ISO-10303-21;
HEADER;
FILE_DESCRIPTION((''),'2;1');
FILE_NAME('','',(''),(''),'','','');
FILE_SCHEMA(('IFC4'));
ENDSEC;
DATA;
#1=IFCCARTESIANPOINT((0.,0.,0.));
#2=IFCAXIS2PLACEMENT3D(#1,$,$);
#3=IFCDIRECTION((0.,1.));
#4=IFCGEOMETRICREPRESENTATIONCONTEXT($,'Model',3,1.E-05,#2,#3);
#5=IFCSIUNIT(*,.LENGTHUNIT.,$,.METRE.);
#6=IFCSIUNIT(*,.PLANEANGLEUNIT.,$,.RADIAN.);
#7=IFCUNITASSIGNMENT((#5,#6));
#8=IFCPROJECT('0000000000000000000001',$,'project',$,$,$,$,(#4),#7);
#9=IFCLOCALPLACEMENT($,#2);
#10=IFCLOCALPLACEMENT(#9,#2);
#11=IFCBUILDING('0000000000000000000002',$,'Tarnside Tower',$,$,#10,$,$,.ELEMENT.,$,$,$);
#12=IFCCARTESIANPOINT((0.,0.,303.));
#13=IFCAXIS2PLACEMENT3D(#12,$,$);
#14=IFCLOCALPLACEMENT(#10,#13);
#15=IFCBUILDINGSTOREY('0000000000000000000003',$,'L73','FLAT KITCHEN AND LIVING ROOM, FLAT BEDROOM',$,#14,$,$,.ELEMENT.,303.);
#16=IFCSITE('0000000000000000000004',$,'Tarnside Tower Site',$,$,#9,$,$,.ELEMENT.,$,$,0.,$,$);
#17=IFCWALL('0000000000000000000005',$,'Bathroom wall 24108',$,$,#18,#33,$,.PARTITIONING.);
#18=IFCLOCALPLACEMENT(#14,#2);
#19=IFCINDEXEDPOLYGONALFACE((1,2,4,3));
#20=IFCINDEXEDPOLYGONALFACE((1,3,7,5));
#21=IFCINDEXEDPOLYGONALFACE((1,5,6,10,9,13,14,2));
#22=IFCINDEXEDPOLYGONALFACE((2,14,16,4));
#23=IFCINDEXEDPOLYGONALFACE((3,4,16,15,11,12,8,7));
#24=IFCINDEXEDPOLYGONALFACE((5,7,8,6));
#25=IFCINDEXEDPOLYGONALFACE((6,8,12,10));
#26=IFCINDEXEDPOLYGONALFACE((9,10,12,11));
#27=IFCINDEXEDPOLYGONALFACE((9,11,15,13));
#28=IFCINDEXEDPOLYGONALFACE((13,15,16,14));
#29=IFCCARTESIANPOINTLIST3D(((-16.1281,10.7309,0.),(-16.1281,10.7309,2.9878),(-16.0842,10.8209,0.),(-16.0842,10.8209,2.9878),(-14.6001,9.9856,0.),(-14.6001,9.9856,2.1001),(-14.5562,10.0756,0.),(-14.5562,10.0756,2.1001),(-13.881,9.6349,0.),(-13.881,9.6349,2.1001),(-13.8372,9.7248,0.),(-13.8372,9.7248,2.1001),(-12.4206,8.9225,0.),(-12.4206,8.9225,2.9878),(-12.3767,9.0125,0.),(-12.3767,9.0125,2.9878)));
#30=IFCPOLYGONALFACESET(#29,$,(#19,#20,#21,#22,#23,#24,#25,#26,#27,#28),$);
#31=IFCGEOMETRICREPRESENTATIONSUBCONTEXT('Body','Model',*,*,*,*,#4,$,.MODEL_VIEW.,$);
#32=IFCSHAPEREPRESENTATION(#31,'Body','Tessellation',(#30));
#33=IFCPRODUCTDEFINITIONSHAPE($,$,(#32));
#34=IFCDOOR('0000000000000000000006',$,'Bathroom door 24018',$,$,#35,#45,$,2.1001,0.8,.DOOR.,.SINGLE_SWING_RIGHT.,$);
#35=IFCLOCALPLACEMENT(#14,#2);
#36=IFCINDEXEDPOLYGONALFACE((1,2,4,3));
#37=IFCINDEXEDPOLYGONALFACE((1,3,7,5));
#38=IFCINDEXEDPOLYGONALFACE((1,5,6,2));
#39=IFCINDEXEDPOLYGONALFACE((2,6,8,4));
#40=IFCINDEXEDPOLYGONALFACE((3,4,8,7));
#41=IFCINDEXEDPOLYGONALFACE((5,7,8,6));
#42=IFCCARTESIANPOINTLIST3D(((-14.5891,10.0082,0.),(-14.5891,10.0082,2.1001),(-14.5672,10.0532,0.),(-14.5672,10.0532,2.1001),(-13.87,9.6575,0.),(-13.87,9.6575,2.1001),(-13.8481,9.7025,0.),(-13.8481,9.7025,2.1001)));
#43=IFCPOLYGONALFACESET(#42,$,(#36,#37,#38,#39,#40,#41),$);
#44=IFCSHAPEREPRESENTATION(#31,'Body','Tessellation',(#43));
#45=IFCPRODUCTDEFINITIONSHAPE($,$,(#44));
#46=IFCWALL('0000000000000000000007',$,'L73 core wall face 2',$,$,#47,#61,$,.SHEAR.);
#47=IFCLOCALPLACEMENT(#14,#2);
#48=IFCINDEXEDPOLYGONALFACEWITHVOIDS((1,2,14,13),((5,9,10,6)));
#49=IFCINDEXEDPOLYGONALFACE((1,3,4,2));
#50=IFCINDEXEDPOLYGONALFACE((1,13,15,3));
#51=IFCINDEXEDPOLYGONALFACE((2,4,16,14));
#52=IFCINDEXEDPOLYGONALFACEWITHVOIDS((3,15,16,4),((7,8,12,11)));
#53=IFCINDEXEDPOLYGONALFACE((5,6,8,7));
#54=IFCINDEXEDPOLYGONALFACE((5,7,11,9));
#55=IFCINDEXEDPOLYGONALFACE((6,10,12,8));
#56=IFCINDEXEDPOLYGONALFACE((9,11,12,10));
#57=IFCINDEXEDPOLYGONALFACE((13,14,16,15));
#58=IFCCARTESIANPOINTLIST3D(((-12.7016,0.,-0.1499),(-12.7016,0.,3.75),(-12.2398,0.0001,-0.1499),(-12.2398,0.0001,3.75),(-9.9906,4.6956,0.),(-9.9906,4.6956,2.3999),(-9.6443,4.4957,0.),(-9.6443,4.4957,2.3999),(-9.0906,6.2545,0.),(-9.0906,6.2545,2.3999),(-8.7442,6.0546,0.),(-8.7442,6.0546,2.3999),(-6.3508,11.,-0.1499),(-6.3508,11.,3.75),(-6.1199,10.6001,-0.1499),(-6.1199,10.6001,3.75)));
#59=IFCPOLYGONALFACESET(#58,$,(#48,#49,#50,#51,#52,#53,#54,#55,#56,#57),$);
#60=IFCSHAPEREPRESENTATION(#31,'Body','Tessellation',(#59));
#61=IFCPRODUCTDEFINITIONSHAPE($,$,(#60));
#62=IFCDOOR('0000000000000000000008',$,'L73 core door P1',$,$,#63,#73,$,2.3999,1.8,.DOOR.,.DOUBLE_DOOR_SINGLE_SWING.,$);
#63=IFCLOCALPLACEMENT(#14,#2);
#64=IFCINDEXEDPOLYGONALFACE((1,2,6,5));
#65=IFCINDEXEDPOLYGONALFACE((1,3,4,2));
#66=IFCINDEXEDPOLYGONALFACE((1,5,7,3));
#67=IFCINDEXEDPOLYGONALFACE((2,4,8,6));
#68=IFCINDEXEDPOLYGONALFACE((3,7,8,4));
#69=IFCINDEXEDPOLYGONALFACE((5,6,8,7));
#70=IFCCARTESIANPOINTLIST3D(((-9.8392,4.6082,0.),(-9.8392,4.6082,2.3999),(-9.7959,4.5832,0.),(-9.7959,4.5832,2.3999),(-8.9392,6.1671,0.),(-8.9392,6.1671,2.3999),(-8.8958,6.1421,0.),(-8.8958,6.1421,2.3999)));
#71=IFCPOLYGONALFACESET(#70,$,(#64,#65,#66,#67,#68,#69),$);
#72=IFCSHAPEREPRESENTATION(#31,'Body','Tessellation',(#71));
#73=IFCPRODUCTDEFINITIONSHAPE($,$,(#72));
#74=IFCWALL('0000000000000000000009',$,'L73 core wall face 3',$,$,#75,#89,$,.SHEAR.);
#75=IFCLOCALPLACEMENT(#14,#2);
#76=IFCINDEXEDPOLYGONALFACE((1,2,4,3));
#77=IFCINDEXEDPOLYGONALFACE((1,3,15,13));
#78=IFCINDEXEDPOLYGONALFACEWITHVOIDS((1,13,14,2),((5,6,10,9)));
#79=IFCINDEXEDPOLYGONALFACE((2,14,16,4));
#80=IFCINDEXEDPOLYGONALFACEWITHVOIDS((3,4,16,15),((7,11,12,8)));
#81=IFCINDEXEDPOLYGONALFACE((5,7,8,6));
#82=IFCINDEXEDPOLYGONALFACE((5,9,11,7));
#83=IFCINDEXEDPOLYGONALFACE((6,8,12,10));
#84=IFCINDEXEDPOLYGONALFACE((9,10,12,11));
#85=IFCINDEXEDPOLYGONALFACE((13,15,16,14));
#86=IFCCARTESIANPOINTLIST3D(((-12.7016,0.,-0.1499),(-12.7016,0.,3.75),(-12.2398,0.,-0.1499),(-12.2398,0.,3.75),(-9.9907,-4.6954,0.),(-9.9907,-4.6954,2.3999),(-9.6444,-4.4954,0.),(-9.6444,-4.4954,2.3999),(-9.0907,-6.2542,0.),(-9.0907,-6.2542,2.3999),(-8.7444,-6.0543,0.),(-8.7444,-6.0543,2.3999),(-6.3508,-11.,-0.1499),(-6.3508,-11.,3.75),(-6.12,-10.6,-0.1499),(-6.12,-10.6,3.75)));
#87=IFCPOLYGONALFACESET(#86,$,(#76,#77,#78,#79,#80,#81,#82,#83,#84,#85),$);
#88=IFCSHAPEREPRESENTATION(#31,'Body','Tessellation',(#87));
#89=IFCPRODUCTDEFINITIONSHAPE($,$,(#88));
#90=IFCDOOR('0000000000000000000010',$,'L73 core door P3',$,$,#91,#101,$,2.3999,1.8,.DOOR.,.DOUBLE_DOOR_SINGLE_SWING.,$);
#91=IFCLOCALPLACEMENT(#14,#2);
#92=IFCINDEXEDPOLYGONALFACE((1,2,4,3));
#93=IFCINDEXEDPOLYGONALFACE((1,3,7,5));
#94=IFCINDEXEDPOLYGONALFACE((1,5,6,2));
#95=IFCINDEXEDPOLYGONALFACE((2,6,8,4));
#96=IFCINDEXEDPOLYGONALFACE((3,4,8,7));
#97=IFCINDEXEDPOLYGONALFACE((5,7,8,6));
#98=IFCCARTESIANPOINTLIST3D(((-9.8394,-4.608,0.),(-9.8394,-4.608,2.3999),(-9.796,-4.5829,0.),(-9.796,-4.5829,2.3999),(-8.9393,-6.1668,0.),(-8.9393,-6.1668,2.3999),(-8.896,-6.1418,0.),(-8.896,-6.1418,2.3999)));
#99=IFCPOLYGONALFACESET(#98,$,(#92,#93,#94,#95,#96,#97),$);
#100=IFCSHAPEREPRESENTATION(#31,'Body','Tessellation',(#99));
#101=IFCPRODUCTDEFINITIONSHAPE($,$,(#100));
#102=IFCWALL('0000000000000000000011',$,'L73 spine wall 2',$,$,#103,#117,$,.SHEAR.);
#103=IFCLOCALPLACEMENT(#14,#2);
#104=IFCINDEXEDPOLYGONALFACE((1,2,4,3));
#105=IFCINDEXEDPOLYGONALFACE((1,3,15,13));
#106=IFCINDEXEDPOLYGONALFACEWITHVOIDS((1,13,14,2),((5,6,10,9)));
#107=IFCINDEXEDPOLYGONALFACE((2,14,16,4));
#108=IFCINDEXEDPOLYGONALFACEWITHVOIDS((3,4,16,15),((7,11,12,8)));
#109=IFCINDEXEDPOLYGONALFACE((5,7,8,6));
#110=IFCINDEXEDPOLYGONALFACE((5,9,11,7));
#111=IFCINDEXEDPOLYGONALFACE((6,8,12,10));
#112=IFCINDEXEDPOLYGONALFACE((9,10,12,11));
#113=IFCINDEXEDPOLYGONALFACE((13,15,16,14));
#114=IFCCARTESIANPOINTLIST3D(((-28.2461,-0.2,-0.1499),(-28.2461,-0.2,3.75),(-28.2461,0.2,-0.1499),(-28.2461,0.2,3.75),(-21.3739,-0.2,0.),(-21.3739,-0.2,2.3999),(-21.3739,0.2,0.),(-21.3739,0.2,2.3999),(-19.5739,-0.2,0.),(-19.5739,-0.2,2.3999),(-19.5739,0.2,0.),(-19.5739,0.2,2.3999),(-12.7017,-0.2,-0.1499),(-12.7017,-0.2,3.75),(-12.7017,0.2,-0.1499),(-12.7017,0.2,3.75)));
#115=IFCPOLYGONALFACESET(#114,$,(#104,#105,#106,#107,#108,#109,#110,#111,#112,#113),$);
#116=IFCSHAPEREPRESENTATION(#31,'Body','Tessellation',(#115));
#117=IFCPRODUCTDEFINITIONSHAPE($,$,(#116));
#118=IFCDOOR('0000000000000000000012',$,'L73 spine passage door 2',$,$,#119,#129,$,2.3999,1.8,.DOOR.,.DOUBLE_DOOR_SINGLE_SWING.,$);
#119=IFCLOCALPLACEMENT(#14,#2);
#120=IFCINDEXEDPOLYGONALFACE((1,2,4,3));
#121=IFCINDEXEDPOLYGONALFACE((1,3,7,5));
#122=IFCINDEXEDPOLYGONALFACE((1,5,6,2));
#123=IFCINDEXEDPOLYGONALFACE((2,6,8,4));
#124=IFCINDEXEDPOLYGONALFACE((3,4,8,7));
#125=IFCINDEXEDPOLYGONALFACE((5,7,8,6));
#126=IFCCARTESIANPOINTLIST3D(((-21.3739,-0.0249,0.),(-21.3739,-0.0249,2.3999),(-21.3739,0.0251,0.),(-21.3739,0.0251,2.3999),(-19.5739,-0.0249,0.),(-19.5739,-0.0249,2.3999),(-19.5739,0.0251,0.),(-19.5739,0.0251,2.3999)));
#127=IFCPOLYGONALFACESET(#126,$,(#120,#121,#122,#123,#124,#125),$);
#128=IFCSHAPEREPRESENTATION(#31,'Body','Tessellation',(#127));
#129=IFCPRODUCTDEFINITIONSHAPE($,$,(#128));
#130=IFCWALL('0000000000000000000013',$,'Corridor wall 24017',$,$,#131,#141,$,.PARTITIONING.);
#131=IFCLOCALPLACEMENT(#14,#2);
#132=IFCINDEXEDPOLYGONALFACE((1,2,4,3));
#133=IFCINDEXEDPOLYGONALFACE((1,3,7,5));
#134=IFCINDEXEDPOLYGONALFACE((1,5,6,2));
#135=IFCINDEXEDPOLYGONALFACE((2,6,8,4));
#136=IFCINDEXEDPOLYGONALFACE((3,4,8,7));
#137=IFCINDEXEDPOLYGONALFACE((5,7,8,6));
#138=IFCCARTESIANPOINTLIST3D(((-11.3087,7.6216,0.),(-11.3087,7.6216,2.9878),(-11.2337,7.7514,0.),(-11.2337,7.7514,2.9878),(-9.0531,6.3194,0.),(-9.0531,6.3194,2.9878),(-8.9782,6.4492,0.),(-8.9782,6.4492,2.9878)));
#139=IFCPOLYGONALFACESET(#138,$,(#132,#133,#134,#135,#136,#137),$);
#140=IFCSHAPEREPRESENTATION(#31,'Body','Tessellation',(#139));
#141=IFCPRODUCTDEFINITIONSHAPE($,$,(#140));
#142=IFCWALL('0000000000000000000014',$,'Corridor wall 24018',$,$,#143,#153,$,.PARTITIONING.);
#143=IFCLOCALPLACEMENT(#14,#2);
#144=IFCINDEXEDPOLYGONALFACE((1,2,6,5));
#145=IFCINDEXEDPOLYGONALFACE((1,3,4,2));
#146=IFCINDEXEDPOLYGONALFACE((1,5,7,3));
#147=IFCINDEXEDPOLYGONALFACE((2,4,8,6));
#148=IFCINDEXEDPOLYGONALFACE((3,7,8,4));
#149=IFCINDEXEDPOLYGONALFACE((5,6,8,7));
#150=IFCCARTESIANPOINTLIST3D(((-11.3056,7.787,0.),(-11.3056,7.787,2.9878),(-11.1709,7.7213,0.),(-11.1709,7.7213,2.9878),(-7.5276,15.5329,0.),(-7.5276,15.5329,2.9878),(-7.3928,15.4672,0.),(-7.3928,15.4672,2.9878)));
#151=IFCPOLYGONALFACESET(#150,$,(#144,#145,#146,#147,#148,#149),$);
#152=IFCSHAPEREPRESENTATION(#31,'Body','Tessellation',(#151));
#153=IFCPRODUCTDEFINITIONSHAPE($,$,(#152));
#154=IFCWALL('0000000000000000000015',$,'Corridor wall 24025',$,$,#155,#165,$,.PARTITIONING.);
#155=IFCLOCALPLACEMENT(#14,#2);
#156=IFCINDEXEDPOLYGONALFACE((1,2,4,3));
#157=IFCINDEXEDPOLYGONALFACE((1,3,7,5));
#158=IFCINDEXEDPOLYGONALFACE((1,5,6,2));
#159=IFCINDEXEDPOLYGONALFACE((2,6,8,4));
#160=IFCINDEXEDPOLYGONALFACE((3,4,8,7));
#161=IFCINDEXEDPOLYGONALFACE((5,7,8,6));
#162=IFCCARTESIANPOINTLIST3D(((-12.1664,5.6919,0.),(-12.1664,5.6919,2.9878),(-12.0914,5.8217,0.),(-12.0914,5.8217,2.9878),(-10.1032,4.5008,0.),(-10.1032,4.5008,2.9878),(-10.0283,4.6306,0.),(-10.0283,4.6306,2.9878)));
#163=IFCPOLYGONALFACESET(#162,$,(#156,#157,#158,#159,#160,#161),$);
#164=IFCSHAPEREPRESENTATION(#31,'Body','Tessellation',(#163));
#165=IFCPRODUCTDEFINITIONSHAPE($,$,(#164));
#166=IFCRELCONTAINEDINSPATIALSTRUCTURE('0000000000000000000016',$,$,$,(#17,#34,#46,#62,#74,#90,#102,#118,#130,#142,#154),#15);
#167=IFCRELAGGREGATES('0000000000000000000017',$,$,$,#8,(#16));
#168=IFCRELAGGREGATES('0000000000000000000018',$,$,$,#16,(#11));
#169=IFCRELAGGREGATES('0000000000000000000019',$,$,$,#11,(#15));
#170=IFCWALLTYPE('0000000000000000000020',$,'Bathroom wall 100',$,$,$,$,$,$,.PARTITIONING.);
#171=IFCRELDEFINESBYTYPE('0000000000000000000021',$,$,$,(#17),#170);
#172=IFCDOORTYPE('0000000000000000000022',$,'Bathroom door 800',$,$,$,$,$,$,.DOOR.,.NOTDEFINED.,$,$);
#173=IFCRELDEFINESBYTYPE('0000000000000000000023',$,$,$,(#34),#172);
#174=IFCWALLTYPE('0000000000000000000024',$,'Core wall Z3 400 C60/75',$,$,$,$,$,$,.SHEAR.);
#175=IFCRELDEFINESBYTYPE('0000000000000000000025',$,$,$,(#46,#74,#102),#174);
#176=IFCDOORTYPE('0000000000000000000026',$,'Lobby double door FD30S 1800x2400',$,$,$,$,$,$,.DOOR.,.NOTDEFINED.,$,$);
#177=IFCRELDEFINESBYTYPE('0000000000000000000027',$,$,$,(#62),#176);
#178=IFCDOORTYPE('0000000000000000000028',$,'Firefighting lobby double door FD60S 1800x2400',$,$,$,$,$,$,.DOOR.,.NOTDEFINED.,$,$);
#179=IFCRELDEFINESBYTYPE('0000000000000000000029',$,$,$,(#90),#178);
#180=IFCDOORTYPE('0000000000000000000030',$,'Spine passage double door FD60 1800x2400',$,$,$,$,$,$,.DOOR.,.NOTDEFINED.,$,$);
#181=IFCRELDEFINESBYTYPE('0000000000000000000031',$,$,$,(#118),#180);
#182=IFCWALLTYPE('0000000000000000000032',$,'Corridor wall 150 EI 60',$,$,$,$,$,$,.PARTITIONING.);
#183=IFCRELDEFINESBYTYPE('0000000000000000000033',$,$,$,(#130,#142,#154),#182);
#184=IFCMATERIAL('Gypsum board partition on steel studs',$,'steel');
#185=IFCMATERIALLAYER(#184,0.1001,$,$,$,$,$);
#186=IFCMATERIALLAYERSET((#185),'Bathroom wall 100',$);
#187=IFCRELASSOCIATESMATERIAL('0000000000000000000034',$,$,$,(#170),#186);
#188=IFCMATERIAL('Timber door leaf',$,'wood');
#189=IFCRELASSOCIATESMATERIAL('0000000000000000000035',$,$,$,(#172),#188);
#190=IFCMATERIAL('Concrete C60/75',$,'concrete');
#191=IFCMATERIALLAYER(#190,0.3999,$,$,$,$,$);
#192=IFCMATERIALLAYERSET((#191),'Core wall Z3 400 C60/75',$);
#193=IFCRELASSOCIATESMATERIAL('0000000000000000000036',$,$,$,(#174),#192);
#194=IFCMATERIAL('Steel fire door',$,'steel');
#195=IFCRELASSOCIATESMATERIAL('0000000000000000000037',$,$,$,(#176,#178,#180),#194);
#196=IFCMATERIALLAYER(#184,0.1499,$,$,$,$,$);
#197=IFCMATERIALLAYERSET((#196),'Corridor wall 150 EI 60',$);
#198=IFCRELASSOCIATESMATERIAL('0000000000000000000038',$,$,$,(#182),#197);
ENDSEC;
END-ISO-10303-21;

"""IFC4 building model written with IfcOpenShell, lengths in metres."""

from ifc_helpers import new_model, si_unit, direction, frame, frame_2d, origin, place, context, subcontext, project, spatial, polyline, rectangle, outline, extrude, material, layer, layer_set, type_object, element, fill, save


model = new_model("IFC4")

# Units and contexts
model_context = context("Model", 3, precision=1e-05, world=origin(), true_north=direction((0.0, 1.0)))
body_context = subcontext(model_context, "Body", "Model", "MODEL_VIEW")
ifc_project = project(units=[si_unit("LENGTHUNIT", "METRE"), si_unit("PLANEANGLEUNIT", "RADIAN")], contexts=[model_context])

# Site, building, storey
site_placement = place(None, origin())
site = spatial("IfcSite", under=ifc_project, at=site_placement, Name="Tarnside Tower Site", CompositionType="ELEMENT", RefElevation=0.0)
building_placement = place(site_placement, origin())
building = spatial("IfcBuilding", under=site, at=building_placement, Name="Tarnside Tower", CompositionType="ELEMENT")
storey_placement = place(building_placement, frame((0.0, 0.0, 303.0)))
storey = spatial("IfcBuildingStorey", under=building, at=storey_placement, Name="L73", Description="FLAT KITCHEN AND LIVING ROOM, FLAT BEDROOM", CompositionType="ELEMENT", Elevation=303.0)

# Walls, openings, doors
ifc_material_1 = material(Name="Gypsum board partition on steel studs", Category="steel")
ifc_layer_1 = layer(ifc_material_1, 0.1001)
ifc_layer_set_1 = layer_set([ifc_layer_1], Name="Bathroom wall 100")
wall_type_1 = type_object("IfcWallType", Name="Bathroom wall 100", PredefinedType="PARTITIONING", material=ifc_layer_set_1)
wall_1_placement = place(storey_placement, frame((-12.3987, 8.9675, 0.0), z_axis=(0.0, 0.0, 1.0), x_axis=(-0.898787, 0.438385, 0.0)))
wall_1 = element("IfcWall", 1, at=wall_1_placement, inside=storey, type_object=wall_type_1, Name="Bathroom wall 24108", PredefinedType="PARTITIONING", context=body_context, shape_type="SweptSolid", body=[
    extrude(rectangle(XDim=4.125, YDim=0.1001, at=frame_2d((2.0625, 0.0))), origin(), (0.0, 0.0, 1.0), 2.9878),
])
opening_1_placement = place(wall_1_placement, frame((1.625, 0.0, 0.0)))
opening_1 = element("IfcOpeningElement", 2, at=opening_1_placement, cuts=wall_1, PredefinedType="OPENING", context=body_context, shape_type="SweptSolid", body=[
    extrude(rectangle(XDim=0.8, YDim=2.1001, at=frame_2d((0.3999, 1.05))), frame((0.0, 0.0601, 0.0), z_axis=(0.0, -1.0, 0.0), x_axis=(1.0, 0.0, 0.0)), (0.0, 0.0, 1.0), 0.1201),
])
ifc_material_2 = material(Name="Timber door leaf", Category="wood")
door_type_1 = type_object("IfcDoorType", Name="Bathroom door 800", OperationType="NOTDEFINED", PredefinedType="DOOR", material=ifc_material_2)
door_1_placement = place(opening_1_placement, origin())
door_1 = element("IfcDoor", 3, at=door_1_placement, inside=storey, type_object=door_type_1, Name="Bathroom door 24018", OperationType="SINGLE_SWING_RIGHT", OverallHeight=2.1001, OverallWidth=0.8, PredefinedType="DOOR", context=body_context, shape_type="SweptSolid", body=[
    extrude(rectangle(XDim=0.8, YDim=2.1001, at=frame_2d((0.3999, 1.05))), frame((0.0, 0.0249, 0.0), z_axis=(0.0, -1.0, 0.0), x_axis=(1.0, 0.0, 0.0)), (0.0, 0.0, 1.0), 0.05),
])
fill(opening_1, door_1)
ifc_material_3 = material(Name="Concrete C60/75", Category="concrete")
ifc_layer_2 = layer(ifc_material_3, 0.3999)
ifc_layer_set_2 = layer_set([ifc_layer_2], Name="Core wall Z3 400 C60/75")
wall_type_2 = type_object("IfcWallType", Name="Core wall Z3 400 C60/75", PredefinedType="SHEAR", material=ifc_layer_set_2)
wall_2_placement = place(storey_placement, frame((-6.2354, 10.8, -0.1499), z_axis=(0.0, 0.0, 1.0), x_axis=(-0.499996, -0.866027, 0.0)))
wall_2 = element("IfcWall", 4, at=wall_2_placement, inside=storey, type_object=wall_type_2, Name="L73 core wall face 2", PredefinedType="SHEAR", context=body_context, shape_type="SweptSolid", body=[
    extrude(outline(polyline([(-0.1155, -0.2), (12.5862, -0.2), (12.3552, 0.2), (0.1155, 0.2), (-0.1155, -0.2)])), origin(), (0.0, 0.0, 1.0), 3.8999),
])
opening_2_placement = place(wall_2_placement, frame((5.3643, 0.0, 0.1499)))
opening_2 = element("IfcOpeningElement", 5, at=opening_2_placement, cuts=wall_2, PredefinedType="OPENING", context=body_context, shape_type="SweptSolid", body=[
    extrude(rectangle(XDim=1.8, YDim=2.3999, at=frame_2d((0.8999, 1.2))), frame((0.0, 0.21, 0.0), z_axis=(0.0, -1.0, 0.0), x_axis=(1.0, 0.0, 0.0)), (0.0, 0.0, 1.0), 0.4199),
])
ifc_material_4 = material(Name="Steel fire door", Category="steel")
door_type_2 = type_object("IfcDoorType", Name="Lobby double door FD30S 1800x2400", OperationType="NOTDEFINED", PredefinedType="DOOR", material=ifc_material_4)
door_2_placement = place(opening_2_placement, origin())
door_2 = element("IfcDoor", 6, at=door_2_placement, inside=storey, type_object=door_type_2, Name="L73 core door P1", OperationType="DOUBLE_DOOR_SINGLE_SWING", OverallHeight=2.3999, OverallWidth=1.8, PredefinedType="DOOR", context=body_context, shape_type="SweptSolid", body=[
    extrude(rectangle(XDim=1.8, YDim=2.3999, at=frame_2d((0.8999, 1.2))), frame((0.0, 0.0249, 0.0), z_axis=(0.0, -1.0, 0.0), x_axis=(1.0, 0.0, 0.0)), (0.0, 0.0, 1.0), 0.05),
])
fill(opening_2, door_2)
wall_3_placement = place(storey_placement, frame((-12.4707, 0.0, -0.1499), z_axis=(0.0, 0.0, 1.0), x_axis=(0.499996, -0.866027, 0.0)))
wall_3 = element("IfcWall", 7, at=wall_3_placement, inside=storey, type_object=wall_type_2, Name="L73 core wall face 3", PredefinedType="SHEAR", context=body_context, shape_type="SweptSolid", body=[
    extrude(outline(polyline([(-0.1155, -0.2), (12.5862, -0.2), (12.3552, 0.2), (0.1155, 0.2), (-0.1155, -0.2)])), origin(), (0.0, 0.0, 1.0), 3.8999),
])
opening_3_placement = place(wall_3_placement, frame((5.3064, 0.0, 0.1499)))
opening_3 = element("IfcOpeningElement", 8, at=opening_3_placement, cuts=wall_3, PredefinedType="OPENING", context=body_context, shape_type="SweptSolid", body=[
    extrude(rectangle(XDim=1.8, YDim=2.3999, at=frame_2d((0.8999, 1.2))), frame((0.0, 0.21, 0.0), z_axis=(0.0, -1.0, 0.0), x_axis=(1.0, 0.0, 0.0)), (0.0, 0.0, 1.0), 0.4199),
])
door_type_3 = type_object("IfcDoorType", Name="Firefighting lobby double door FD60S 1800x2400", OperationType="NOTDEFINED", PredefinedType="DOOR", material=ifc_material_4)
door_3_placement = place(opening_3_placement, origin())
door_3 = element("IfcDoor", 9, at=door_3_placement, inside=storey, type_object=door_type_3, Name="L73 core door P3", OperationType="DOUBLE_DOOR_SINGLE_SWING", OverallHeight=2.3999, OverallWidth=1.8, PredefinedType="DOOR", context=body_context, shape_type="SweptSolid", body=[
    extrude(rectangle(XDim=1.8, YDim=2.3999, at=frame_2d((0.8999, 1.2))), frame((0.0, 0.0249, 0.0), z_axis=(0.0, -1.0, 0.0), x_axis=(1.0, 0.0, 0.0)), (0.0, 0.0, 1.0), 0.05),
])
fill(opening_3, door_3)
wall_4_placement = place(storey_placement, frame((-12.7017, 0.0, -0.1499), z_axis=(0.0, 0.0, 1.0), x_axis=(-1.0, 0.0, 0.0)))
wall_4 = element("IfcWall", 10, at=wall_4_placement, inside=storey, type_object=wall_type_2, Name="L73 spine wall 2", PredefinedType="SHEAR", context=body_context, shape_type="SweptSolid", body=[
    extrude(rectangle(XDim=15.5444, YDim=0.3999, at=frame_2d((7.7722, 0.0))), origin(), (0.0, 0.0, 1.0), 3.8999),
])
opening_4_placement = place(wall_4_placement, frame((6.8723, 0.0, 0.1499)))
opening_4 = element("IfcOpeningElement", 11, at=opening_4_placement, cuts=wall_4, PredefinedType="OPENING", context=body_context, shape_type="SweptSolid", body=[
    extrude(rectangle(XDim=1.8, YDim=2.3999, at=frame_2d((0.8999, 1.2))), frame((0.0, 0.21, 0.0), z_axis=(0.0, -1.0, 0.0), x_axis=(1.0, 0.0, 0.0)), (0.0, 0.0, 1.0), 0.4199),
])
door_type_4 = type_object("IfcDoorType", Name="Spine passage double door FD60 1800x2400", OperationType="NOTDEFINED", PredefinedType="DOOR", material=ifc_material_4)
door_4_placement = place(opening_4_placement, origin())
door_4 = element("IfcDoor", 12, at=door_4_placement, inside=storey, type_object=door_type_4, Name="L73 spine passage door 2", OperationType="DOUBLE_DOOR_SINGLE_SWING", OverallHeight=2.3999, OverallWidth=1.8, PredefinedType="DOOR", context=body_context, shape_type="SweptSolid", body=[
    extrude(rectangle(XDim=1.8, YDim=2.3999, at=frame_2d((0.8999, 1.2))), frame((0.0, 0.0249, 0.0), z_axis=(0.0, -1.0, 0.0), x_axis=(1.0, 0.0, 0.0)), (0.0, 0.0, 1.0), 0.05),
])
fill(opening_4, door_4)

# Walls
ifc_layer_3 = layer(ifc_material_1, 0.1499)
ifc_layer_set_3 = layer_set([ifc_layer_3], Name="Corridor wall 150 EI 60")
wall_type_3 = type_object("IfcWallType", Name="Corridor wall 150 EI 60", PredefinedType="PARTITIONING", material=ifc_layer_set_3)
wall_5_placement = place(storey_placement, frame((-9.0156, 6.3843, 0.0), z_axis=(0.0, 0.0, 1.0), x_axis=(-0.866031, 0.49999, 0.0)))
element("IfcWall", 13, at=wall_5_placement, inside=storey, type_object=wall_type_3, Name="Corridor wall 24017", PredefinedType="PARTITIONING", context=body_context, shape_type="SweptSolid", body=[
    extrude(rectangle(XDim=2.6045, YDim=0.1499, at=frame_2d((1.3022, 0.0))), origin(), (0.0, 0.0, 1.0), 2.9878),
])
wall_6_placement = place(storey_placement, frame((-11.2383, 7.7542, 0.0), z_axis=(0.0, 0.0, 1.0), x_axis=(0.438387, 0.898786, 0.0)))
element("IfcWall", 14, at=wall_6_placement, inside=storey, type_object=wall_type_3, Name="Corridor wall 24018", PredefinedType="PARTITIONING", context=body_context, shape_type="SweptSolid", body=[
    extrude(rectangle(XDim=8.6182, YDim=0.1499, at=frame_2d((4.3091, 0.0))), origin(), (0.0, 0.0, 1.0), 2.9878),
])
wall_7_placement = place(storey_placement, frame((-12.1289, 5.7568, 0.0), z_axis=(0.0, 0.0, 1.0), x_axis=(0.866034, -0.499986, 0.0)))
element("IfcWall", 15, at=wall_7_placement, inside=storey, type_object=wall_type_3, Name="Corridor wall 24025", PredefinedType="PARTITIONING", context=body_context, shape_type="SweptSolid", body=[
    extrude(rectangle(XDim=2.3823, YDim=0.1499, at=frame_2d((1.1912, 0.0))), origin(), (0.0, 0.0, 1.0), 2.9878),
])

save(model, "model.ifc")
